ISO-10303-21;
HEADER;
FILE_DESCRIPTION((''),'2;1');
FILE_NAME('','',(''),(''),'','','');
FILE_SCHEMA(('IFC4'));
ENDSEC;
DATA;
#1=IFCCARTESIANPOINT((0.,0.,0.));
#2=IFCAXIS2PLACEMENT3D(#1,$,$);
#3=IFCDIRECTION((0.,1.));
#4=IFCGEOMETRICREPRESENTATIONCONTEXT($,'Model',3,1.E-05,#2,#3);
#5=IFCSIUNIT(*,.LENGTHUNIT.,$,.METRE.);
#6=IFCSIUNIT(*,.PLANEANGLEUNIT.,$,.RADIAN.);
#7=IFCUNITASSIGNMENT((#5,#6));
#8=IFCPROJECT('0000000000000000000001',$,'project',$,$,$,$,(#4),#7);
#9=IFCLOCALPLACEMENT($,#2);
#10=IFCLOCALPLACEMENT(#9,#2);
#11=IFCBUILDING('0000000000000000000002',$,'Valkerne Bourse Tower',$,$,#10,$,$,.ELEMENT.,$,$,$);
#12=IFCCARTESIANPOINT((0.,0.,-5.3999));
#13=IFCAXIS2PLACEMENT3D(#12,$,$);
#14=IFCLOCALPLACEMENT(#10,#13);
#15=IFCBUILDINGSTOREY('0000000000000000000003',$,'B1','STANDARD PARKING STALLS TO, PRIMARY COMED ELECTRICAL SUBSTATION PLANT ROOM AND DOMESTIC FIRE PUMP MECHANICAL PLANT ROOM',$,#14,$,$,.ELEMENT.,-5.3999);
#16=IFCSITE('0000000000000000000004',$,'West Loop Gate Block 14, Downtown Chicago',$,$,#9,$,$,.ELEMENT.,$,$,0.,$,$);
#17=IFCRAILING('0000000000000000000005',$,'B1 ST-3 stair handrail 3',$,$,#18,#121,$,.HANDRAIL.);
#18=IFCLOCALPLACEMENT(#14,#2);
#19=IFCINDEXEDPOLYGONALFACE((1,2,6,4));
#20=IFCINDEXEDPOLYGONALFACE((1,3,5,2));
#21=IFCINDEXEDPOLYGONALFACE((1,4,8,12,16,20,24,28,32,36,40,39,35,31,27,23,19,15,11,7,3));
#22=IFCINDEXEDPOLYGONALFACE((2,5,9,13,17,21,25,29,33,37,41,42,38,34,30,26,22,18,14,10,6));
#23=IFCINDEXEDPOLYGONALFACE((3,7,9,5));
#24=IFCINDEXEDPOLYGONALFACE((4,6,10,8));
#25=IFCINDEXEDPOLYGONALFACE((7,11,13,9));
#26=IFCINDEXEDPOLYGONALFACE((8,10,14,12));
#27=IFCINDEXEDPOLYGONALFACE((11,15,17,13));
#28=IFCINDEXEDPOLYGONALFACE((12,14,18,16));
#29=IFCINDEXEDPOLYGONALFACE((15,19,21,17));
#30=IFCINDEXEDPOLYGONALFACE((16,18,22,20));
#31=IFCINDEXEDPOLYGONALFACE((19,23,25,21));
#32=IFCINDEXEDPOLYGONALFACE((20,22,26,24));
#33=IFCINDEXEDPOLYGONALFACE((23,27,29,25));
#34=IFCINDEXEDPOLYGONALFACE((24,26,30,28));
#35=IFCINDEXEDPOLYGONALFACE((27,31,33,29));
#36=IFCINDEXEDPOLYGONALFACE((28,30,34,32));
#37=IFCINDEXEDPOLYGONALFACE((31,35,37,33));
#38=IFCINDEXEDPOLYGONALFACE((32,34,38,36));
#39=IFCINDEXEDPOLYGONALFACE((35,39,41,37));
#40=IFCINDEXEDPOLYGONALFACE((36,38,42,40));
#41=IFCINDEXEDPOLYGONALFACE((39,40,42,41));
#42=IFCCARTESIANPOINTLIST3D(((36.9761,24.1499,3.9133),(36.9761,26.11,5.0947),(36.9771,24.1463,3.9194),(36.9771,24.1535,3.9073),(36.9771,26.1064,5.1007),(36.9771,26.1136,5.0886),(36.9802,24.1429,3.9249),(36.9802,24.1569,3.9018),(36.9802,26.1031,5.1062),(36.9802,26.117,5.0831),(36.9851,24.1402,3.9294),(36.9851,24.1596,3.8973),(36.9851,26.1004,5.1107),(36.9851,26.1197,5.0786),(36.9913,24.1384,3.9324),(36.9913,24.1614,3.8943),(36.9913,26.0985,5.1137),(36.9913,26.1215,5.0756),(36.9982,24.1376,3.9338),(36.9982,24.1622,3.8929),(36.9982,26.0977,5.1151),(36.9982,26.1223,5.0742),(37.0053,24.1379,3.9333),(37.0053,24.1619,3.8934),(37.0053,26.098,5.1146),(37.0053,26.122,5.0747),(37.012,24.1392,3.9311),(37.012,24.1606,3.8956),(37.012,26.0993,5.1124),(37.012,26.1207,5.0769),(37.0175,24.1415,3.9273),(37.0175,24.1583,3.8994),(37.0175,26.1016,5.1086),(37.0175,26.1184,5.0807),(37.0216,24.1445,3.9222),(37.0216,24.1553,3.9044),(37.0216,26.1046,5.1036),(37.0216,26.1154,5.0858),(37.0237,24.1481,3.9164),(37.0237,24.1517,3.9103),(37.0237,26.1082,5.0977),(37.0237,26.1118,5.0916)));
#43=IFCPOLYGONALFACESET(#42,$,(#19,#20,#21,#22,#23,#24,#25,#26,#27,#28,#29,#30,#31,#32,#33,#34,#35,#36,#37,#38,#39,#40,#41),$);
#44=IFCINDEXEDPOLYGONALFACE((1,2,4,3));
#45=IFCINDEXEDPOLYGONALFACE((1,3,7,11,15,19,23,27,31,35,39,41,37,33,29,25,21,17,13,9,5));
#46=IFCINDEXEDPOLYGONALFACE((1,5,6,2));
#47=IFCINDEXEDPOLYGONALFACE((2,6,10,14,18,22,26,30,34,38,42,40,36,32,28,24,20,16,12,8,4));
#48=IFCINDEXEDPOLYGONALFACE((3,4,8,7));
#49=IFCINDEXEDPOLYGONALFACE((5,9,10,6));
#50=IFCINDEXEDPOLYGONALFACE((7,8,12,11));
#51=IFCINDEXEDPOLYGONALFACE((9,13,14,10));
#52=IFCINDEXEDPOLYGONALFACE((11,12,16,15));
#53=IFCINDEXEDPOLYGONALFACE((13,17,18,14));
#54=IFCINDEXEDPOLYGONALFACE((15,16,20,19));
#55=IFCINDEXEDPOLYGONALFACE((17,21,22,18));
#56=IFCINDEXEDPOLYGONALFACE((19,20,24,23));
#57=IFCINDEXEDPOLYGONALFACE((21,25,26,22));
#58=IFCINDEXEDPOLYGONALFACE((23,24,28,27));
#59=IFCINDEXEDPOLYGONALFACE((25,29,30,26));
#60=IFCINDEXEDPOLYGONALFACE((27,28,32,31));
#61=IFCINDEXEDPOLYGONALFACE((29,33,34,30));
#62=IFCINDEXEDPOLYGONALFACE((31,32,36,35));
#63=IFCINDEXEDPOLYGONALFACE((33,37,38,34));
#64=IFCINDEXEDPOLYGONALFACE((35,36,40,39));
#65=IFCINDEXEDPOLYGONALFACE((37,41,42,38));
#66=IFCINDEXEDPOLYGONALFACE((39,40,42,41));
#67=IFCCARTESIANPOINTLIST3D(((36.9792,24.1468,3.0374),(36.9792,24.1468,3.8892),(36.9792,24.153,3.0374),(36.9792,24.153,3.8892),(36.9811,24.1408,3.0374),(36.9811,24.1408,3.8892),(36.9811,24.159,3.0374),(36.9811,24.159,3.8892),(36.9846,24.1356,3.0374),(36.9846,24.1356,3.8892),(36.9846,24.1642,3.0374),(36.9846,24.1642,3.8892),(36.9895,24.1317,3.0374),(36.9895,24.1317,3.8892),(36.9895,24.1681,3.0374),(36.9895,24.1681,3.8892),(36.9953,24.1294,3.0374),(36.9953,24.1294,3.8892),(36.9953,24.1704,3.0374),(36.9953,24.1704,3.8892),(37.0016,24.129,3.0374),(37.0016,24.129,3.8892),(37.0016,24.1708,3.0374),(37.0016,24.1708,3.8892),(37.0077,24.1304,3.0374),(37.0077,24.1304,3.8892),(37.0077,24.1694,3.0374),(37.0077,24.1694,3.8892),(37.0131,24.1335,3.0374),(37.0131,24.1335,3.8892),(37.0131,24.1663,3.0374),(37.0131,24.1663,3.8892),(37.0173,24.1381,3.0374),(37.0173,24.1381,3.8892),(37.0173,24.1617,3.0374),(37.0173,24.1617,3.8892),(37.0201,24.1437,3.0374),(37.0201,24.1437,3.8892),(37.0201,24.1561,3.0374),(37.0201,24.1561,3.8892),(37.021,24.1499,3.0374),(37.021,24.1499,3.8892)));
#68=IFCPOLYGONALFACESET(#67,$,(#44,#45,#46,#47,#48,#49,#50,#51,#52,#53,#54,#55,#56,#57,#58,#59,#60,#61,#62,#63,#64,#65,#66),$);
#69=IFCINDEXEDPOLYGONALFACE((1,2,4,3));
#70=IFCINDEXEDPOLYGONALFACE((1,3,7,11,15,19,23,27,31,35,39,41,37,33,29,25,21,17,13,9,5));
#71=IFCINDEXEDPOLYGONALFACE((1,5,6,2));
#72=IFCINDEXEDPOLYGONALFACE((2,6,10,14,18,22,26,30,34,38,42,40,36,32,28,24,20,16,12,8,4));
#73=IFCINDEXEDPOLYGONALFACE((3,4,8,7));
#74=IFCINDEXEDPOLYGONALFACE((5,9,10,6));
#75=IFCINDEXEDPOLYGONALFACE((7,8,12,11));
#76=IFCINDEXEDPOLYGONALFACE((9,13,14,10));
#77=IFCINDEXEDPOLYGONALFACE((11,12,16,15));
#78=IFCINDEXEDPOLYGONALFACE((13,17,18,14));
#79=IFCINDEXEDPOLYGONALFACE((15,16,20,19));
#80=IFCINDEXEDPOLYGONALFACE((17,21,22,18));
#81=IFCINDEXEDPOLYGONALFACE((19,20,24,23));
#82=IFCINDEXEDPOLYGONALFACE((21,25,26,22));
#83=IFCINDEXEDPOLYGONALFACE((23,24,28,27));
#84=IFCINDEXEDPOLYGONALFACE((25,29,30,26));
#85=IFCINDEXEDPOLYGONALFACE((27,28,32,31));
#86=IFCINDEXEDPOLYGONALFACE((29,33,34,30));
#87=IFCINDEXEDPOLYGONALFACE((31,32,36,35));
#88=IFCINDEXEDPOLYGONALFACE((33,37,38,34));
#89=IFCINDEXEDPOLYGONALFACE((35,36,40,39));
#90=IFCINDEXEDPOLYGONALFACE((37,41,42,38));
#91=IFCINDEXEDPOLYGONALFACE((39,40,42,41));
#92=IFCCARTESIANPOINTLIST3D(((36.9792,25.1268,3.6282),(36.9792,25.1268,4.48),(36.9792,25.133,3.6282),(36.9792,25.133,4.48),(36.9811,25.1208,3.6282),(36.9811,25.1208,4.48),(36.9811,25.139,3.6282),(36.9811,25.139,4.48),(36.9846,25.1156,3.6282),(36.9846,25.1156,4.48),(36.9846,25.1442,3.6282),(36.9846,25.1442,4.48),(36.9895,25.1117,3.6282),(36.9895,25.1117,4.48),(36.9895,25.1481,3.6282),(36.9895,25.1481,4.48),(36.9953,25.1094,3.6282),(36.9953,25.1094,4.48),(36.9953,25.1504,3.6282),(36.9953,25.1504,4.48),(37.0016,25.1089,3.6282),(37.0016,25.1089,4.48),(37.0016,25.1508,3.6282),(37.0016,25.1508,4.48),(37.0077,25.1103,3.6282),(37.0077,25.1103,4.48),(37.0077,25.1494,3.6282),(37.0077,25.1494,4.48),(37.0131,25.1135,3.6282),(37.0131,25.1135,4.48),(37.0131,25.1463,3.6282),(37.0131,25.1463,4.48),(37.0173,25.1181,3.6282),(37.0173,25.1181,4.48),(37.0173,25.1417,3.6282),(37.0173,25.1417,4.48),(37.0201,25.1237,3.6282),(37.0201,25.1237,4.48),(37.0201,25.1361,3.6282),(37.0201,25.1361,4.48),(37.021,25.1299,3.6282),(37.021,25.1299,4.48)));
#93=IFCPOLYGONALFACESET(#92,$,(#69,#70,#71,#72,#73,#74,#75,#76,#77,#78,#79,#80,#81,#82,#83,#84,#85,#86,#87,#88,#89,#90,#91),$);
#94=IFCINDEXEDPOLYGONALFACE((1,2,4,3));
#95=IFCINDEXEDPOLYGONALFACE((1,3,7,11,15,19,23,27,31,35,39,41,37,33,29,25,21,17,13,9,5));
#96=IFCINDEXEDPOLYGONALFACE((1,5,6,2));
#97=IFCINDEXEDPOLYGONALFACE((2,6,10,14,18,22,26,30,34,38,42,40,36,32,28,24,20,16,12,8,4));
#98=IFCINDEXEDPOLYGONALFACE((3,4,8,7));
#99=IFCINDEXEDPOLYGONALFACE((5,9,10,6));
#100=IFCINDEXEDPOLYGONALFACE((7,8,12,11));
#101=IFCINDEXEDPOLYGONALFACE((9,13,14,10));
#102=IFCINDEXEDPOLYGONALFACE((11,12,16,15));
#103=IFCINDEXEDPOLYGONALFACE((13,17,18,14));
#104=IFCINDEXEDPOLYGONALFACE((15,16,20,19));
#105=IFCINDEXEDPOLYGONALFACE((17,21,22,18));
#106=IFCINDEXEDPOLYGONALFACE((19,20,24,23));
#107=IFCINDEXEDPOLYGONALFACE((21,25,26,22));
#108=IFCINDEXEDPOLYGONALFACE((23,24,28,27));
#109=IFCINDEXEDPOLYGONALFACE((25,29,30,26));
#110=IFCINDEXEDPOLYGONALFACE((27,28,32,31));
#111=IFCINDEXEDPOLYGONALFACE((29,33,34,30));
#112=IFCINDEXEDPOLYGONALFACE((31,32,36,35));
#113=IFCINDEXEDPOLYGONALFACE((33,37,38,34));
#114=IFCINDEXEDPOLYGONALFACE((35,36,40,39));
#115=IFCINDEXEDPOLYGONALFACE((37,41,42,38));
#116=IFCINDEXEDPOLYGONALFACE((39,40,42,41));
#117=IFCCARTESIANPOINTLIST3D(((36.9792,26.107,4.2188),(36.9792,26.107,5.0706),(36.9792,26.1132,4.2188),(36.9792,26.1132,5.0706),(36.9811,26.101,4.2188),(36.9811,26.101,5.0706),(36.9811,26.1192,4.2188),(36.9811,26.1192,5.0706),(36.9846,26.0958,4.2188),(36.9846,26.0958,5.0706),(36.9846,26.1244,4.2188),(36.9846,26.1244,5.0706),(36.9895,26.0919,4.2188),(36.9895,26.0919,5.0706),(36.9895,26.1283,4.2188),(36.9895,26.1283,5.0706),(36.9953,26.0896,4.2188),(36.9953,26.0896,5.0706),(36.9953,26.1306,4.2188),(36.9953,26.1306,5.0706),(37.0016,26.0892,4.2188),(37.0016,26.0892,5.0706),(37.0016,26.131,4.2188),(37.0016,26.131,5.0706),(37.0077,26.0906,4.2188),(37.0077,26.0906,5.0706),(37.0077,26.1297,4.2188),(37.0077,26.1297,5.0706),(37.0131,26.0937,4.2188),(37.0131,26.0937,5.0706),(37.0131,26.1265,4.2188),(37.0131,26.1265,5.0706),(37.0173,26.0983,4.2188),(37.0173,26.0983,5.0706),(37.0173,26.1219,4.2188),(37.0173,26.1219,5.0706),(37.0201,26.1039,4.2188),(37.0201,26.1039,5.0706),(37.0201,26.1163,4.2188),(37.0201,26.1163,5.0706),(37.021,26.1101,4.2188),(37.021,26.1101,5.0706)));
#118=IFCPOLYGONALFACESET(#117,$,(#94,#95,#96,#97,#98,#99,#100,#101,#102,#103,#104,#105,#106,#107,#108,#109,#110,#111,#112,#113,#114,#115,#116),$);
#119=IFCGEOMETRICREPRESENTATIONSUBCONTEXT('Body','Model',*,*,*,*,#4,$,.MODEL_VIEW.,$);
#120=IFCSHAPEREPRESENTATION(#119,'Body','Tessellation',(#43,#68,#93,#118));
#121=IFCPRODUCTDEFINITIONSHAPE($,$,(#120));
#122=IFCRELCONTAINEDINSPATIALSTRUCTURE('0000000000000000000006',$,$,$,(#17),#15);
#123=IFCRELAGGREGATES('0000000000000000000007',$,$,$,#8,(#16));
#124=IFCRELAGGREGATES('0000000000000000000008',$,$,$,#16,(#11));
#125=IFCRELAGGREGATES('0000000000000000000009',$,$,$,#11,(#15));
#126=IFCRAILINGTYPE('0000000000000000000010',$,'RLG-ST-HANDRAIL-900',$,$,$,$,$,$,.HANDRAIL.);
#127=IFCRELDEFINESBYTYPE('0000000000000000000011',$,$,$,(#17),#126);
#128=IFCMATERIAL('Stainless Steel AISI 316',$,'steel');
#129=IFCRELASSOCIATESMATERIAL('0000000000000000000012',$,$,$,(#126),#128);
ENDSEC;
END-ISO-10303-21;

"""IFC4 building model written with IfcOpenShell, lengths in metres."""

from ifc_helpers import new_model, si_unit, direction, frame, origin, origin_2d, place, context, subcontext, project, spatial, circle, extrude, material, type_object, element, save


model = new_model("IFC4")

# Units and contexts
model_context = context("Model", 3, precision=1e-05, world=origin(), true_north=direction((0.0, 1.0)))
body_context = subcontext(model_context, "Body", "Model", "MODEL_VIEW")
ifc_project = project(units=[si_unit("LENGTHUNIT", "METRE"), si_unit("PLANEANGLEUNIT", "RADIAN")], contexts=[model_context])

# Site, building, storey
site_placement = place(None, origin())
site = spatial("IfcSite", under=ifc_project, at=site_placement, Name="West Loop Gate Block 14, Downtown Chicago", CompositionType="ELEMENT", RefElevation=0.0)
building_placement = place(site_placement, origin())
building = spatial("IfcBuilding", under=site, at=building_placement, Name="Valkerne Bourse Tower", CompositionType="ELEMENT")
storey_placement = place(building_placement, frame((0.0, 0.0, -5.3999)))
storey = spatial("IfcBuildingStorey", under=building, at=storey_placement, Name="B1", Description="STANDARD PARKING STALLS TO, PRIMARY COMED ELECTRICAL SUBSTATION PLANT ROOM AND DOMESTIC FIRE PUMP MECHANICAL PLANT ROOM", CompositionType="ELEMENT", Elevation=-5.3999)

# Shared definitions
ifc_material_1 = material(Name="Stainless Steel AISI 316", Category="steel")

# Railing
railing_type_1 = type_object("IfcRailingType", Name="RLG-ST-HANDRAIL-900", PredefinedType="HANDRAIL", material=ifc_material_1)
railing_1_placement = place(storey_placement, frame((37.0, 24.1499, 3.0374)))
element("IfcRailing", 1, at=railing_1_placement, inside=storey, type_object=railing_type_1, Name="B1 ST-3 stair handrail 3", PredefinedType="HANDRAIL", context=body_context, shape_type="SweptSolid", body=[
    extrude(circle(Radius=0.0239, at=origin_2d()), frame((0.0, 0.0, 0.876), z_axis=(0.0, 0.856475, 0.516189), x_axis=(-1.0, 0.0, 0.0)), (0.0, 0.0, 1.0), 2.2886),
    extrude(circle(Radius=0.021, at=origin_2d()), origin(), (0.0, 0.0, 1.0), 0.8518),
    extrude(circle(Radius=0.021, at=origin_2d()), frame((0.0, 0.98, 0.5908)), (0.0, 0.0, 1.0), 0.8518),
    extrude(circle(Radius=0.021, at=origin_2d()), frame((0.0, 1.9602, 1.1814)), (0.0, 0.0, 1.0), 0.8518),
])

save(model, "model.ifc")
